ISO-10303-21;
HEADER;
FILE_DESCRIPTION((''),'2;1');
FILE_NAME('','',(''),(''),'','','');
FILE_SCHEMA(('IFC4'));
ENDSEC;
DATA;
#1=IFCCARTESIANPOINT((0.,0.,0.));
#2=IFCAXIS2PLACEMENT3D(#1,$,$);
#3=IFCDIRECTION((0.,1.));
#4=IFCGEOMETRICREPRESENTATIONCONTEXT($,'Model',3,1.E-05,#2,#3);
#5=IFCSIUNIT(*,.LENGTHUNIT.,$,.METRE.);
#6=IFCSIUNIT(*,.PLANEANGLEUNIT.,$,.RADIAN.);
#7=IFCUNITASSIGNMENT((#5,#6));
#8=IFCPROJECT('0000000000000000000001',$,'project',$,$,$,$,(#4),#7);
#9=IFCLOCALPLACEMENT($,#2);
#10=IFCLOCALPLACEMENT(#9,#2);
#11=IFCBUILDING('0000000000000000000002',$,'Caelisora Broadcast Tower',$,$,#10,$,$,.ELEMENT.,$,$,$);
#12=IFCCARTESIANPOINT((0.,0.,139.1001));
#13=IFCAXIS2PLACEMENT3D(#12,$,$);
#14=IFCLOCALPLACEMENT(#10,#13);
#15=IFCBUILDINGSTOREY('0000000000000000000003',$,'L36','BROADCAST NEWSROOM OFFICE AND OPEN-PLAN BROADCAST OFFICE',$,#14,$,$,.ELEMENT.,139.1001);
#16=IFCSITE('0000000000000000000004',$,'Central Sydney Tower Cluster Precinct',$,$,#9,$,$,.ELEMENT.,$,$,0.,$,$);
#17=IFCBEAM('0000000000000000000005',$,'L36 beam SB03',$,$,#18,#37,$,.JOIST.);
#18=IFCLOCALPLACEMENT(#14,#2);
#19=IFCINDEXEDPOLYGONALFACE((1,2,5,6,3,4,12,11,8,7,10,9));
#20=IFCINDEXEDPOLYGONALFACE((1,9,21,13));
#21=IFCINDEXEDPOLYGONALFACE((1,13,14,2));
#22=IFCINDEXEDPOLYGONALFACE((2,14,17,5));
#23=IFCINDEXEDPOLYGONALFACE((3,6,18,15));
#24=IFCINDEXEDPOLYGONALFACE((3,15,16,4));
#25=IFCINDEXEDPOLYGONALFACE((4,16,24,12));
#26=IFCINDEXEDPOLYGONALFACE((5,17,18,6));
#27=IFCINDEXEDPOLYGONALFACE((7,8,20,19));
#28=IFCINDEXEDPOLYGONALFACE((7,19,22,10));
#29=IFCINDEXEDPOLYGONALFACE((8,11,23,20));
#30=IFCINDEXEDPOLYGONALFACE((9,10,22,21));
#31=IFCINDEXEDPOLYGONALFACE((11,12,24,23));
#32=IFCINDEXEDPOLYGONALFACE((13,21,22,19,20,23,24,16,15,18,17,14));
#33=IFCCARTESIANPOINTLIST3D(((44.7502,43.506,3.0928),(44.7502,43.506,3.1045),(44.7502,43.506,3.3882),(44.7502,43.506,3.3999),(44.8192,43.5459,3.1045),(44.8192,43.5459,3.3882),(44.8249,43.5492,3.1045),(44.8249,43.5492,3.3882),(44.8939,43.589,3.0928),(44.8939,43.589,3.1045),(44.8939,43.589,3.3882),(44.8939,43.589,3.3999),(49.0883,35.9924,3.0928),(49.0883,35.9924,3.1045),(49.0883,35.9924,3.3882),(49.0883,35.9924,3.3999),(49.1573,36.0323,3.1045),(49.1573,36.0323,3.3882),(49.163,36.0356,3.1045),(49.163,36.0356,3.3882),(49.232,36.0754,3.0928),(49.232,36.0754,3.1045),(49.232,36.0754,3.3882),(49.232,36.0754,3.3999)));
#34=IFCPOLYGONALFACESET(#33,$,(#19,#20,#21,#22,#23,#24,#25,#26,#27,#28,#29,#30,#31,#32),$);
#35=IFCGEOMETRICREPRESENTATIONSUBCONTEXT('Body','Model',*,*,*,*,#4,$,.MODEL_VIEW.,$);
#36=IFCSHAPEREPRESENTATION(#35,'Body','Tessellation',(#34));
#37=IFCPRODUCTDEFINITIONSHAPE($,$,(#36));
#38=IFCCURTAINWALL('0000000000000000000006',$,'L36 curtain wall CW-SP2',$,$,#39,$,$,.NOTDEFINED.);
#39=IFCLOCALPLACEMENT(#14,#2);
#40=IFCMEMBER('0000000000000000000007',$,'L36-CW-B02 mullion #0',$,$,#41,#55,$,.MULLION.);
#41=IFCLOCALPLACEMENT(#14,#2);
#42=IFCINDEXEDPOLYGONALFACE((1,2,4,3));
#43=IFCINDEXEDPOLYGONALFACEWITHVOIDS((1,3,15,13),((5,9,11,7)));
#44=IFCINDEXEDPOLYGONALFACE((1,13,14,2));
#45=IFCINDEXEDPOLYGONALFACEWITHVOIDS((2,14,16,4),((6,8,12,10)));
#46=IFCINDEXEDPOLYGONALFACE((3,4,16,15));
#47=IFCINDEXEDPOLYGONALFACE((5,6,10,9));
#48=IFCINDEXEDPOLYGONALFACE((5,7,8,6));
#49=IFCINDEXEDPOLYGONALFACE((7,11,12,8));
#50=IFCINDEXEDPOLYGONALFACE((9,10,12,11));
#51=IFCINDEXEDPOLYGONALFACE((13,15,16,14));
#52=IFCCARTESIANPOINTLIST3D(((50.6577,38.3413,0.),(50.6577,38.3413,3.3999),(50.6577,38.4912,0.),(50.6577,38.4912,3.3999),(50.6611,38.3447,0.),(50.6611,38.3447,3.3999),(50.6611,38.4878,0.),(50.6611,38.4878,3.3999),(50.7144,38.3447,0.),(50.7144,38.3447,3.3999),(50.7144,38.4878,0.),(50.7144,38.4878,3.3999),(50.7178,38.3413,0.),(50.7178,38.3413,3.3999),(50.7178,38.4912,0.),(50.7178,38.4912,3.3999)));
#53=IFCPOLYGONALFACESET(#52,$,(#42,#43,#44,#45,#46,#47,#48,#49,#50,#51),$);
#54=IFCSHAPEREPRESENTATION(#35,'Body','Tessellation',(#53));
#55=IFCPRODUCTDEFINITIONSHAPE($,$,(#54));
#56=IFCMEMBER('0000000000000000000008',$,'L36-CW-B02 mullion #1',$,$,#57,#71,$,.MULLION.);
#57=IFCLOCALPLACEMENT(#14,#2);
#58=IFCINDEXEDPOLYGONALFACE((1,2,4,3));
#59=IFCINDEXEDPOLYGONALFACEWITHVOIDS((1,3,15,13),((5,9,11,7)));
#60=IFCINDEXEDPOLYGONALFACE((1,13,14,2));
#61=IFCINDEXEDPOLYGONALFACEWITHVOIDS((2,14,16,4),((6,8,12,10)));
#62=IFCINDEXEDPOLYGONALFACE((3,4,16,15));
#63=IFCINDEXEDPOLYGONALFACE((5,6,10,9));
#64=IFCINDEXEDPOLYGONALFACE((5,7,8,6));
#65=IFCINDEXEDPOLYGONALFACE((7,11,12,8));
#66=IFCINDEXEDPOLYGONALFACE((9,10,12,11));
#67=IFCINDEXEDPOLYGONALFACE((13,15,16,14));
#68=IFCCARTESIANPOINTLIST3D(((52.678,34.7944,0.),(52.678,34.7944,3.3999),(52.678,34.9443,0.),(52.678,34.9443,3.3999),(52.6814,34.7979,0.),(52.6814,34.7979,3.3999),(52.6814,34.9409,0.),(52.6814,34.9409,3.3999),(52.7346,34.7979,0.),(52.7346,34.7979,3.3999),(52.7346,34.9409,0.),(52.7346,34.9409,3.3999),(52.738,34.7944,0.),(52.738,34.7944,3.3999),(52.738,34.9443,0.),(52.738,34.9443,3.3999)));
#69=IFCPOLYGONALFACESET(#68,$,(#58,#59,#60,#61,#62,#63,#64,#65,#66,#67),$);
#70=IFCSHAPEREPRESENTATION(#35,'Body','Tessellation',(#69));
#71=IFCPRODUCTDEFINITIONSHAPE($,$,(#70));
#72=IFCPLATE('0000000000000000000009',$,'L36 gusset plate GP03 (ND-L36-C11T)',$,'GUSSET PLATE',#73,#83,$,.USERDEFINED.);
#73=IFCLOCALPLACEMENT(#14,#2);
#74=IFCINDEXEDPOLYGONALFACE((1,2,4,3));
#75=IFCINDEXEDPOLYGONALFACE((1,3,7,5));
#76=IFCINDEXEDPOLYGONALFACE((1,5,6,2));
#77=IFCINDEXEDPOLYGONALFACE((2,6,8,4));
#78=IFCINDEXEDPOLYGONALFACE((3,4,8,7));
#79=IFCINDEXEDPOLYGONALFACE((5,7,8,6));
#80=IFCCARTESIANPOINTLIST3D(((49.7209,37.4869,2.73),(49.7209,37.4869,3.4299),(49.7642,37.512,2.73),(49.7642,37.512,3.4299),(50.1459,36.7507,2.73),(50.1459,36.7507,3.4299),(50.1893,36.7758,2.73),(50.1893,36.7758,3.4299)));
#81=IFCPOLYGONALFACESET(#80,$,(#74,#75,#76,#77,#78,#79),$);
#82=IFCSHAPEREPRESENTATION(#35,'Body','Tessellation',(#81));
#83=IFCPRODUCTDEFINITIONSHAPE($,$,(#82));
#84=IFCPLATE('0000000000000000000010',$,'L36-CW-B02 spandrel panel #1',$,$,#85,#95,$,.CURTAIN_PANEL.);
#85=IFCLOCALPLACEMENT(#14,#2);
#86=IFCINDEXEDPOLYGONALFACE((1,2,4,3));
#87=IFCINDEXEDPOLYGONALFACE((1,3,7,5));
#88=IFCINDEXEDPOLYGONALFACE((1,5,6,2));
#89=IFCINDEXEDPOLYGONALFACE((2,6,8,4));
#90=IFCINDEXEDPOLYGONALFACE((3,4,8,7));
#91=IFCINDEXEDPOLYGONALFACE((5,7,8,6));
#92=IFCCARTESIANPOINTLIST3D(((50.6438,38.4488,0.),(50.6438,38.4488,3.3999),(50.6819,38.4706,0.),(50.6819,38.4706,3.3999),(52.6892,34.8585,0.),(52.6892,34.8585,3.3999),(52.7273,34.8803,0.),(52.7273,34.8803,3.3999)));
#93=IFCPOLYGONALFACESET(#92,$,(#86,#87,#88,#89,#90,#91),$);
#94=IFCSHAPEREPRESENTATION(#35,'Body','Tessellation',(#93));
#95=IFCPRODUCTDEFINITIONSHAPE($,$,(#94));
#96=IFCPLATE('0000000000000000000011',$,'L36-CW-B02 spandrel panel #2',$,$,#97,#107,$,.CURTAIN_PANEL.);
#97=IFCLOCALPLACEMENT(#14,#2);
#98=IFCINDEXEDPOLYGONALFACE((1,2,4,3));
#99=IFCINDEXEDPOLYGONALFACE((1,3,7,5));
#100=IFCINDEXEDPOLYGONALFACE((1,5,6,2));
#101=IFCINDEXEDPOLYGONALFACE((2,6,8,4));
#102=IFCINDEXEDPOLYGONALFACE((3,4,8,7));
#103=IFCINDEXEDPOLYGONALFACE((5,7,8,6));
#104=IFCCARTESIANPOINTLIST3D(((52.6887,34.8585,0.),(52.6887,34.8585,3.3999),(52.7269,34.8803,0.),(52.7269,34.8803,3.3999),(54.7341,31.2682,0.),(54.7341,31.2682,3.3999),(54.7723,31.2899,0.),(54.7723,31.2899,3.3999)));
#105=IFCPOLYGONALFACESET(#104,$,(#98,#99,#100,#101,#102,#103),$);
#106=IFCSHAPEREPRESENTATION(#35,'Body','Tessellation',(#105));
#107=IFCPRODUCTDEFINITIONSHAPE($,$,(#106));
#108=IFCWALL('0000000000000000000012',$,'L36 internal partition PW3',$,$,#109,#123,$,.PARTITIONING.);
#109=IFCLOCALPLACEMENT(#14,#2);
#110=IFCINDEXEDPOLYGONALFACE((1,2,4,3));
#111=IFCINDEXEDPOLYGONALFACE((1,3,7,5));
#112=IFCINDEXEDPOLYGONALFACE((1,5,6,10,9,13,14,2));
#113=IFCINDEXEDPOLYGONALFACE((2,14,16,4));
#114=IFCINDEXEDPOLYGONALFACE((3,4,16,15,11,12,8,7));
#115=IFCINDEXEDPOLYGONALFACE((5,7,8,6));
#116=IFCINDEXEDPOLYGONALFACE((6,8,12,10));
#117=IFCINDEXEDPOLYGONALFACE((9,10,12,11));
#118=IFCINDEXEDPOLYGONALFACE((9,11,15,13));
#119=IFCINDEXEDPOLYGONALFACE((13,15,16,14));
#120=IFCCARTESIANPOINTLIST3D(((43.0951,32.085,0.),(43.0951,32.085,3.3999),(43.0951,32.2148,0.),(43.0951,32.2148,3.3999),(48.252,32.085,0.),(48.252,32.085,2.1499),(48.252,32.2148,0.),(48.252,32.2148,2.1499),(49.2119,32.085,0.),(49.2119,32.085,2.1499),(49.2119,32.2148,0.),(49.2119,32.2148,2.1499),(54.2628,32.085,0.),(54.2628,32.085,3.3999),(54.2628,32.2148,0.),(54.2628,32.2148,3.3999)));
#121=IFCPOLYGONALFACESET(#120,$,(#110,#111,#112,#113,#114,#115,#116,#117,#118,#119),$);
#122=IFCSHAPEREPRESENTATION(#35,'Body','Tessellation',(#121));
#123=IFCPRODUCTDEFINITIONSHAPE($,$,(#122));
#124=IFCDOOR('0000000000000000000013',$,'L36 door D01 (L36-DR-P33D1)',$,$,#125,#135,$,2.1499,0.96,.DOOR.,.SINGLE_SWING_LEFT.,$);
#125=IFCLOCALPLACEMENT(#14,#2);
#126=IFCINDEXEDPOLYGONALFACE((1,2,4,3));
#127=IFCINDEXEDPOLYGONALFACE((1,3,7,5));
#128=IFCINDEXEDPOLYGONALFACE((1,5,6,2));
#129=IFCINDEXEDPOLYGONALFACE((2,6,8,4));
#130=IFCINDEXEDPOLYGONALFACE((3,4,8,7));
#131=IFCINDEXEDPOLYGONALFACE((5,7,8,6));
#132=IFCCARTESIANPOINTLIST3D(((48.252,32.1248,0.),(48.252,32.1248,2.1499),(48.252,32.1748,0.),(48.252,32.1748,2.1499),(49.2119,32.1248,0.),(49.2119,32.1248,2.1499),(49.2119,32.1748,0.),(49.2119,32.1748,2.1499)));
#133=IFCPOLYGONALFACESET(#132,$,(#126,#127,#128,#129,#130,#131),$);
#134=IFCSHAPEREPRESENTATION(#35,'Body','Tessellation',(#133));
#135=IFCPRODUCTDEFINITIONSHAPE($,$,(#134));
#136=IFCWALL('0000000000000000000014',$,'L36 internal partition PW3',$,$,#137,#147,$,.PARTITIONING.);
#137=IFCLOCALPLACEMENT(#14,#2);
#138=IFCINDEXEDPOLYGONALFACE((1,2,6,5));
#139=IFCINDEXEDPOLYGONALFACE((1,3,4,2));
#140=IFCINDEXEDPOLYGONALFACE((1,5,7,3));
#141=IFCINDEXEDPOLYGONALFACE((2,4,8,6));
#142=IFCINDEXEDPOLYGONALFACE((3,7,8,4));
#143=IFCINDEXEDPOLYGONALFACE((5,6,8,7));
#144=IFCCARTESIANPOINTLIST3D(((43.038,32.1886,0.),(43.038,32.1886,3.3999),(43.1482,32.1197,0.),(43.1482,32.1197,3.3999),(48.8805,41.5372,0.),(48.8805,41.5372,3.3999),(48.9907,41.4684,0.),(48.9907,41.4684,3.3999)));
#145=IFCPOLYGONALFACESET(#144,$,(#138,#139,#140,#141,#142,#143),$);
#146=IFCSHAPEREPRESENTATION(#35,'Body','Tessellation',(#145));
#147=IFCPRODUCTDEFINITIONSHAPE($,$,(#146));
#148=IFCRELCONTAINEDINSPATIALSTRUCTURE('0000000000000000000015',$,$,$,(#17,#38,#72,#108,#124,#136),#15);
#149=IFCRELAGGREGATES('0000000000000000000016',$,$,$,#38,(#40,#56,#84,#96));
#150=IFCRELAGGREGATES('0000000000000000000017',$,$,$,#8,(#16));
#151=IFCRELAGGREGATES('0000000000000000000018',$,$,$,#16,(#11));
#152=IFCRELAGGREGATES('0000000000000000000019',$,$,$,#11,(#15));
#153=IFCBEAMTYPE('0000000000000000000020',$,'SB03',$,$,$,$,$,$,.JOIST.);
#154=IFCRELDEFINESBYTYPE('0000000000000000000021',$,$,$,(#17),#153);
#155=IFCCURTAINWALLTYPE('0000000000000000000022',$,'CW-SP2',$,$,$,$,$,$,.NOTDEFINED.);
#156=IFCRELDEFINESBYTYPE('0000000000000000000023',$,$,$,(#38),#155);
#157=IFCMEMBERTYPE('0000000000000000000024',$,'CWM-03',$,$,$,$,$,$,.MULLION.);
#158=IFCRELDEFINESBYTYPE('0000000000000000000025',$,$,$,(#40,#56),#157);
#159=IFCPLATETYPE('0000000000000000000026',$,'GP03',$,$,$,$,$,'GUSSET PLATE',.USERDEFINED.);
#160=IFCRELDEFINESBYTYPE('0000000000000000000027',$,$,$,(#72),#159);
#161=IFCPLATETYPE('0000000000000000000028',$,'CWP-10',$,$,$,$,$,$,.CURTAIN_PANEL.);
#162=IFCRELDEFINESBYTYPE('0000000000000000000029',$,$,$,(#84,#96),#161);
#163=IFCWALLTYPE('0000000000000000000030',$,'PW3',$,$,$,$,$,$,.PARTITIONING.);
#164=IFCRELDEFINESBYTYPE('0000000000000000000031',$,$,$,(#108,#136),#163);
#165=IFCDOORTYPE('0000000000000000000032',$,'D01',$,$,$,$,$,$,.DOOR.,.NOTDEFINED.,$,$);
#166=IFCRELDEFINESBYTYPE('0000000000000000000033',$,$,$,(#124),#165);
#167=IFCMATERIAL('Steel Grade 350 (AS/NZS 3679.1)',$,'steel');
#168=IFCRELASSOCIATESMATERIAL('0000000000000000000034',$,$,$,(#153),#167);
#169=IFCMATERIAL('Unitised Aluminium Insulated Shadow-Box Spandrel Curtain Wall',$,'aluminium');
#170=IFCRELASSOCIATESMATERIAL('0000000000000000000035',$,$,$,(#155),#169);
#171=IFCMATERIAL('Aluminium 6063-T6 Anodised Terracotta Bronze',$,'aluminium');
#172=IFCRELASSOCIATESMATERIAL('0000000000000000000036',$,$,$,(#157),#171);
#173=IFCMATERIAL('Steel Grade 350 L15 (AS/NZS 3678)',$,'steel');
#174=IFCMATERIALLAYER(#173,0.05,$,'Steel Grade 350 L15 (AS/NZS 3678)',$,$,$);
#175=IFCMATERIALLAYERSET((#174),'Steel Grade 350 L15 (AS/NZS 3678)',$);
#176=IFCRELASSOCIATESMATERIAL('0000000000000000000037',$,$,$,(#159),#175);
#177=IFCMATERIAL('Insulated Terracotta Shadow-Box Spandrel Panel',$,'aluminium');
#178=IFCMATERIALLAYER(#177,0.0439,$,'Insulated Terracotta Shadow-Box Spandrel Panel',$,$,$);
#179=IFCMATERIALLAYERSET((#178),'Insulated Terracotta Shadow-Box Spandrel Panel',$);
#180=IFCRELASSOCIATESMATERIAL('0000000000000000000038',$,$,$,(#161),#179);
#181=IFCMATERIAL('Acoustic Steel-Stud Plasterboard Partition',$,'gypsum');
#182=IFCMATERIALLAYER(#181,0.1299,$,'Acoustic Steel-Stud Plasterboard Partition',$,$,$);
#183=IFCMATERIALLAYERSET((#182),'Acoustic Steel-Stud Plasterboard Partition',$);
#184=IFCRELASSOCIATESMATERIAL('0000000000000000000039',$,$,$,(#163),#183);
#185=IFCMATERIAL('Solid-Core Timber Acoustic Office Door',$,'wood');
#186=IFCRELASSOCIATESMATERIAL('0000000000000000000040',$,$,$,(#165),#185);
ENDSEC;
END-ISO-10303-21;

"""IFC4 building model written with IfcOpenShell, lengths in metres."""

from ifc_helpers import new_model, si_unit, direction, frame, frame_2d, origin, origin_2d, place, context, subcontext, project, spatial, rectangle, hollow_rectangle, i_section, extrude, source, transform, mapped, material, layer, layer_set, material_profile, profile_set, type_object, type_shapes, element, fill, aggregate, save


model = new_model("IFC4")

# Units and contexts
model_context = context("Model", 3, precision=1e-05, world=origin(), true_north=direction((0.0, 1.0)))
body_context = subcontext(model_context, "Body", "Model", "MODEL_VIEW")
ifc_project = project(units=[si_unit("LENGTHUNIT", "METRE"), si_unit("PLANEANGLEUNIT", "RADIAN")], contexts=[model_context])

# Site, building, storey
site_placement = place(None, origin())
site = spatial("IfcSite", under=ifc_project, at=site_placement, Name="Central Sydney Tower Cluster Precinct", CompositionType="ELEMENT", RefElevation=0.0)
building_placement = place(site_placement, origin())
building = spatial("IfcBuilding", under=site, at=building_placement, Name="Caelisora Broadcast Tower", CompositionType="ELEMENT")
storey_placement = place(building_placement, frame((0.0, 0.0, 139.1001)))
storey = spatial("IfcBuildingStorey", under=building, at=storey_placement, Name="L36", Description="BROADCAST NEWSROOM OFFICE AND OPEN-PLAN BROADCAST OFFICE", CompositionType="ELEMENT", Elevation=139.1001)

# Shared definitions
ifc_material_1 = material(Name="Steel Grade 350 L15 (AS/NZS 3678)", Category="steel")

# Beam
ifc_material_2 = material(Name="Steel Grade 350 (AS/NZS 3679.1)", Category="steel")
ifc_material_profile_1 = material_profile(ifc_material_2, i_section(OverallWidth=0.166, OverallDepth=0.3071, WebThickness=0.0066, FlangeThickness=0.0117, at=origin_2d()), Name="Steel Grade 350 (AS/NZS 3679.1)")
ifc_profile_set_1 = profile_set([ifc_material_profile_1], Name="Steel Grade 350 (AS/NZS 3679.1)")
beam_type_1 = type_object("IfcBeamType", Name="SB03", PredefinedType="JOIST", material=ifc_profile_set_1)
shared_shape_1 = source(origin(), body_context, "Body", "SweptSolid", [
    extrude(i_section(OverallWidth=0.166, OverallDepth=0.3071, WebThickness=0.0066, FlangeThickness=0.0117, at=origin_2d()), origin(), (0.0, 0.0, 1.0), 8.676),
])
beam_1_placement = place(storey_placement, frame((49.1602, 36.0339, 3.2463), z_axis=(-0.50001, 0.86602, 0.0), x_axis=(-0.86602, -0.50001, 0.0)))
element("IfcBeam", 1, at=beam_1_placement, inside=storey, type_object=beam_type_1, Name="L36 beam SB03", PredefinedType="JOIST", context=body_context, shape_type="MappedRepresentation", body=[
    mapped(shared_shape_1, transform((0.0, 0.0, 0.0), scale=1.0)),
])

# Curtain wall, members
ifc_material_3 = material(Name="Unitised Aluminium Insulated Shadow-Box Spandrel Curtain Wall", Category="aluminium")
curtain_wall_type = type_object("IfcCurtainWallType", Name="CW-SP2", PredefinedType="NOTDEFINED", material=ifc_material_3)
curtain_wall_placement = place(storey_placement, origin())
curtain_wall = element("IfcCurtainWall", 2, at=curtain_wall_placement, inside=storey, type_object=curtain_wall_type, Name="L36 curtain wall CW-SP2", PredefinedType="NOTDEFINED")
ifc_material_4 = material(Name="Aluminium 6063-T6 Anodised Terracotta Bronze", Category="aluminium")
ifc_material_profile_2 = material_profile(ifc_material_4, hollow_rectangle(XDim=0.0601, YDim=0.1499, WallThickness=0.0034, at=origin_2d()), Name="Aluminium 6063-T6 Anodised Terracotta Bronze")
ifc_profile_set_2 = profile_set([ifc_material_profile_2], Name="Aluminium 6063-T6 Anodised Terracotta Bronze")
member_type = type_object("IfcMemberType", Name="CWM-03", PredefinedType="MULLION", material=ifc_profile_set_2)
shared_shape_2 = source(origin(), body_context, "Body", "SweptSolid", [
    extrude(hollow_rectangle(XDim=0.0601, YDim=0.1499, WallThickness=0.0034, at=origin_2d()), origin(), (0.0, 0.0, 1.0), 3.3999),
])
type_shapes(member_type, [shared_shape_2])
member_1_placement = place(storey_placement, frame((50.6877, 38.4163, 0.0), z_axis=(0.0, 0.0, 1.0), x_axis=(1.0, 0.0, 0.0)))
member_1 = element("IfcMember", 3, at=member_1_placement, type_object=member_type, Name="L36-CW-B02 mullion #0", PredefinedType="MULLION", context=body_context, shape_type="MappedRepresentation", body=[
    mapped(shared_shape_2, transform((0.0, 0.0, 0.0), scale=1.0)),
])
member_2_placement = place(storey_placement, frame((52.708, 34.8694, 0.0), z_axis=(0.0, 0.0, 1.0), x_axis=(1.0, 0.0, 0.0)))
member_2 = element("IfcMember", 4, at=member_2_placement, type_object=member_type, Name="L36-CW-B02 mullion #1", PredefinedType="MULLION", context=body_context, shape_type="MappedRepresentation", body=[
    mapped(shared_shape_2, transform((0.0, 0.0, 0.0), scale=1.0)),
])

# Plates
ifc_layer_1 = layer(ifc_material_1, 0.05, Name="Steel Grade 350 L15 (AS/NZS 3678)")
ifc_layer_set_1 = layer_set([ifc_layer_1], Name="Steel Grade 350 L15 (AS/NZS 3678)")
plate_type_1 = type_object("IfcPlateType", Name="GP03", ElementType="GUSSET PLATE", PredefinedType="USERDEFINED", material=ifc_layer_set_1)
shared_shape_3 = source(origin(), body_context, "Body", "SweptSolid", [
    extrude(rectangle(XDim=0.8501, YDim=0.05, at=origin_2d()), origin(), (0.0, 0.0, 1.0), 0.7),
])
type_shapes(plate_type_1, [shared_shape_3])
plate_1_placement = place(storey_placement, frame((49.9551, 37.1313, 2.73), z_axis=(0.0, 0.0, 1.0), x_axis=(-0.5, 0.866025, 0.0)))
element("IfcPlate", 5, at=plate_1_placement, inside=storey, type_object=plate_type_1, Name="L36 gusset plate GP03 (ND-L36-C11T)", ObjectType="GUSSET PLATE", PredefinedType="USERDEFINED", context=body_context, shape_type="MappedRepresentation", body=[
    mapped(shared_shape_3, transform((0.0, 0.0, 0.0), scale=1.0)),
])
ifc_material_5 = material(Name="Insulated Terracotta Shadow-Box Spandrel Panel", Category="aluminium")
ifc_layer_2 = layer(ifc_material_5, 0.0439, Name="Insulated Terracotta Shadow-Box Spandrel Panel")
ifc_layer_set_2 = layer_set([ifc_layer_2], Name="Insulated Terracotta Shadow-Box Spandrel Panel")
plate_type_2 = type_object("IfcPlateType", Name="CWP-10", PredefinedType="CURTAIN_PANEL", material=ifc_layer_set_2)
shared_shape_4 = source(origin(), body_context, "Body", "SweptSolid", [
    extrude(rectangle(XDim=4.1321, YDim=0.0439, at=origin_2d()), origin(), (0.0, 0.0, 1.0), 3.3999),
])
type_shapes(plate_type_2, [shared_shape_4])
plate_2_placement = place(storey_placement, frame((51.6855, 36.6646, 0.0), z_axis=(0.0, 0.0, 1.0), x_axis=(0.495004, -0.868891, 0.0)))
plate_2 = element("IfcPlate", 6, at=plate_2_placement, type_object=plate_type_2, Name="L36-CW-B02 spandrel panel #1", PredefinedType="CURTAIN_PANEL", context=body_context, shape_type="MappedRepresentation", body=[
    mapped(shared_shape_4, transform((0.0, 0.0, 0.0), scale=1.0)),
])
plate_3_placement = place(storey_placement, frame((53.7305, 33.0742, 0.0), z_axis=(0.0, 0.0, 1.0), x_axis=(0.495004, -0.868891, 0.0)))
plate_3 = element("IfcPlate", 7, at=plate_3_placement, type_object=plate_type_2, Name="L36-CW-B02 spandrel panel #2", PredefinedType="CURTAIN_PANEL", context=body_context, shape_type="MappedRepresentation", body=[
    mapped(shared_shape_4, transform((0.0, 0.0, 0.0), scale=1.0)),
])
aggregate(curtain_wall, [member_1, member_2, plate_2, plate_3])

# Wall, opening, door
ifc_material_6 = material(Name="Acoustic Steel-Stud Plasterboard Partition", Category="gypsum")
ifc_layer_3 = layer(ifc_material_6, 0.1299, Name="Acoustic Steel-Stud Plasterboard Partition")
ifc_layer_set_3 = layer_set([ifc_layer_3], Name="Acoustic Steel-Stud Plasterboard Partition")
wall_type = type_object("IfcWallType", Name="PW3", PredefinedType="PARTITIONING", material=ifc_layer_set_3)
wall_1_placement = place(storey_placement, frame((43.095, 32.1499, 0.0), z_axis=(0.0, 0.0, 1.0), x_axis=(1.0, 0.0, 0.0)))
wall_1 = element("IfcWall", 8, at=wall_1_placement, inside=storey, type_object=wall_type, Name="L36 internal partition PW3", PredefinedType="PARTITIONING", context=body_context, shape_type="SweptSolid", body=[
    extrude(rectangle(XDim=11.1677, YDim=0.1299, at=frame_2d((5.584, 0.0))), origin(), (0.0, 0.0, 1.0), 3.3999),
])
opening_1_placement = place(wall_1_placement, frame((5.157, 0.0, 0.0)))
opening_1 = element("IfcOpeningElement", 9, at=opening_1_placement, cuts=wall_1, PredefinedType="OPENING", context=body_context, shape_type="SweptSolid", body=[
    extrude(rectangle(XDim=0.96, YDim=2.1499, at=frame_2d((0.48, 1.075))), frame((0.0, 0.0769, 0.0), z_axis=(0.0, -1.0, 0.0), x_axis=(1.0, 0.0, 0.0)), (0.0, 0.0, 1.0), 0.1538),
])
ifc_material_7 = material(Name="Solid-Core Timber Acoustic Office Door", Category="wood")
door_type = type_object("IfcDoorType", Name="D01", OperationType="NOTDEFINED", PredefinedType="DOOR", material=ifc_material_7)
door_1_placement = place(opening_1_placement, origin())
door_1 = element("IfcDoor", 10, at=door_1_placement, inside=storey, type_object=door_type, Name="L36 door D01 (L36-DR-P33D1)", OperationType="SINGLE_SWING_LEFT", OverallHeight=2.1499, OverallWidth=0.96, PredefinedType="DOOR", context=body_context, shape_type="SweptSolid", body=[
    extrude(rectangle(XDim=0.96, YDim=2.1499, at=frame_2d((0.48, 1.075))), frame((0.0, 0.0249, 0.0), z_axis=(0.0, -1.0, 0.0), x_axis=(1.0, 0.0, 0.0)), (0.0, 0.0, 1.0), 0.05),
])
fill(opening_1, door_1)

# Wall
wall_2_placement = place(storey_placement, frame((43.093, 32.1541, 0.0), z_axis=(0.0, 0.0, 1.0), x_axis=(0.529975, 0.848013, 0.0)))
element("IfcWall", 11, at=wall_2_placement, inside=storey, type_object=wall_type, Name="L36 internal partition PW3", PredefinedType="PARTITIONING", context=body_context, shape_type="SweptSolid", body=[
    extrude(rectangle(XDim=11.0242, YDim=0.1299, at=frame_2d((5.5122, 0.0))), origin(), (0.0, 0.0, 1.0), 3.3999),
])

save(model, "model.ifc")
